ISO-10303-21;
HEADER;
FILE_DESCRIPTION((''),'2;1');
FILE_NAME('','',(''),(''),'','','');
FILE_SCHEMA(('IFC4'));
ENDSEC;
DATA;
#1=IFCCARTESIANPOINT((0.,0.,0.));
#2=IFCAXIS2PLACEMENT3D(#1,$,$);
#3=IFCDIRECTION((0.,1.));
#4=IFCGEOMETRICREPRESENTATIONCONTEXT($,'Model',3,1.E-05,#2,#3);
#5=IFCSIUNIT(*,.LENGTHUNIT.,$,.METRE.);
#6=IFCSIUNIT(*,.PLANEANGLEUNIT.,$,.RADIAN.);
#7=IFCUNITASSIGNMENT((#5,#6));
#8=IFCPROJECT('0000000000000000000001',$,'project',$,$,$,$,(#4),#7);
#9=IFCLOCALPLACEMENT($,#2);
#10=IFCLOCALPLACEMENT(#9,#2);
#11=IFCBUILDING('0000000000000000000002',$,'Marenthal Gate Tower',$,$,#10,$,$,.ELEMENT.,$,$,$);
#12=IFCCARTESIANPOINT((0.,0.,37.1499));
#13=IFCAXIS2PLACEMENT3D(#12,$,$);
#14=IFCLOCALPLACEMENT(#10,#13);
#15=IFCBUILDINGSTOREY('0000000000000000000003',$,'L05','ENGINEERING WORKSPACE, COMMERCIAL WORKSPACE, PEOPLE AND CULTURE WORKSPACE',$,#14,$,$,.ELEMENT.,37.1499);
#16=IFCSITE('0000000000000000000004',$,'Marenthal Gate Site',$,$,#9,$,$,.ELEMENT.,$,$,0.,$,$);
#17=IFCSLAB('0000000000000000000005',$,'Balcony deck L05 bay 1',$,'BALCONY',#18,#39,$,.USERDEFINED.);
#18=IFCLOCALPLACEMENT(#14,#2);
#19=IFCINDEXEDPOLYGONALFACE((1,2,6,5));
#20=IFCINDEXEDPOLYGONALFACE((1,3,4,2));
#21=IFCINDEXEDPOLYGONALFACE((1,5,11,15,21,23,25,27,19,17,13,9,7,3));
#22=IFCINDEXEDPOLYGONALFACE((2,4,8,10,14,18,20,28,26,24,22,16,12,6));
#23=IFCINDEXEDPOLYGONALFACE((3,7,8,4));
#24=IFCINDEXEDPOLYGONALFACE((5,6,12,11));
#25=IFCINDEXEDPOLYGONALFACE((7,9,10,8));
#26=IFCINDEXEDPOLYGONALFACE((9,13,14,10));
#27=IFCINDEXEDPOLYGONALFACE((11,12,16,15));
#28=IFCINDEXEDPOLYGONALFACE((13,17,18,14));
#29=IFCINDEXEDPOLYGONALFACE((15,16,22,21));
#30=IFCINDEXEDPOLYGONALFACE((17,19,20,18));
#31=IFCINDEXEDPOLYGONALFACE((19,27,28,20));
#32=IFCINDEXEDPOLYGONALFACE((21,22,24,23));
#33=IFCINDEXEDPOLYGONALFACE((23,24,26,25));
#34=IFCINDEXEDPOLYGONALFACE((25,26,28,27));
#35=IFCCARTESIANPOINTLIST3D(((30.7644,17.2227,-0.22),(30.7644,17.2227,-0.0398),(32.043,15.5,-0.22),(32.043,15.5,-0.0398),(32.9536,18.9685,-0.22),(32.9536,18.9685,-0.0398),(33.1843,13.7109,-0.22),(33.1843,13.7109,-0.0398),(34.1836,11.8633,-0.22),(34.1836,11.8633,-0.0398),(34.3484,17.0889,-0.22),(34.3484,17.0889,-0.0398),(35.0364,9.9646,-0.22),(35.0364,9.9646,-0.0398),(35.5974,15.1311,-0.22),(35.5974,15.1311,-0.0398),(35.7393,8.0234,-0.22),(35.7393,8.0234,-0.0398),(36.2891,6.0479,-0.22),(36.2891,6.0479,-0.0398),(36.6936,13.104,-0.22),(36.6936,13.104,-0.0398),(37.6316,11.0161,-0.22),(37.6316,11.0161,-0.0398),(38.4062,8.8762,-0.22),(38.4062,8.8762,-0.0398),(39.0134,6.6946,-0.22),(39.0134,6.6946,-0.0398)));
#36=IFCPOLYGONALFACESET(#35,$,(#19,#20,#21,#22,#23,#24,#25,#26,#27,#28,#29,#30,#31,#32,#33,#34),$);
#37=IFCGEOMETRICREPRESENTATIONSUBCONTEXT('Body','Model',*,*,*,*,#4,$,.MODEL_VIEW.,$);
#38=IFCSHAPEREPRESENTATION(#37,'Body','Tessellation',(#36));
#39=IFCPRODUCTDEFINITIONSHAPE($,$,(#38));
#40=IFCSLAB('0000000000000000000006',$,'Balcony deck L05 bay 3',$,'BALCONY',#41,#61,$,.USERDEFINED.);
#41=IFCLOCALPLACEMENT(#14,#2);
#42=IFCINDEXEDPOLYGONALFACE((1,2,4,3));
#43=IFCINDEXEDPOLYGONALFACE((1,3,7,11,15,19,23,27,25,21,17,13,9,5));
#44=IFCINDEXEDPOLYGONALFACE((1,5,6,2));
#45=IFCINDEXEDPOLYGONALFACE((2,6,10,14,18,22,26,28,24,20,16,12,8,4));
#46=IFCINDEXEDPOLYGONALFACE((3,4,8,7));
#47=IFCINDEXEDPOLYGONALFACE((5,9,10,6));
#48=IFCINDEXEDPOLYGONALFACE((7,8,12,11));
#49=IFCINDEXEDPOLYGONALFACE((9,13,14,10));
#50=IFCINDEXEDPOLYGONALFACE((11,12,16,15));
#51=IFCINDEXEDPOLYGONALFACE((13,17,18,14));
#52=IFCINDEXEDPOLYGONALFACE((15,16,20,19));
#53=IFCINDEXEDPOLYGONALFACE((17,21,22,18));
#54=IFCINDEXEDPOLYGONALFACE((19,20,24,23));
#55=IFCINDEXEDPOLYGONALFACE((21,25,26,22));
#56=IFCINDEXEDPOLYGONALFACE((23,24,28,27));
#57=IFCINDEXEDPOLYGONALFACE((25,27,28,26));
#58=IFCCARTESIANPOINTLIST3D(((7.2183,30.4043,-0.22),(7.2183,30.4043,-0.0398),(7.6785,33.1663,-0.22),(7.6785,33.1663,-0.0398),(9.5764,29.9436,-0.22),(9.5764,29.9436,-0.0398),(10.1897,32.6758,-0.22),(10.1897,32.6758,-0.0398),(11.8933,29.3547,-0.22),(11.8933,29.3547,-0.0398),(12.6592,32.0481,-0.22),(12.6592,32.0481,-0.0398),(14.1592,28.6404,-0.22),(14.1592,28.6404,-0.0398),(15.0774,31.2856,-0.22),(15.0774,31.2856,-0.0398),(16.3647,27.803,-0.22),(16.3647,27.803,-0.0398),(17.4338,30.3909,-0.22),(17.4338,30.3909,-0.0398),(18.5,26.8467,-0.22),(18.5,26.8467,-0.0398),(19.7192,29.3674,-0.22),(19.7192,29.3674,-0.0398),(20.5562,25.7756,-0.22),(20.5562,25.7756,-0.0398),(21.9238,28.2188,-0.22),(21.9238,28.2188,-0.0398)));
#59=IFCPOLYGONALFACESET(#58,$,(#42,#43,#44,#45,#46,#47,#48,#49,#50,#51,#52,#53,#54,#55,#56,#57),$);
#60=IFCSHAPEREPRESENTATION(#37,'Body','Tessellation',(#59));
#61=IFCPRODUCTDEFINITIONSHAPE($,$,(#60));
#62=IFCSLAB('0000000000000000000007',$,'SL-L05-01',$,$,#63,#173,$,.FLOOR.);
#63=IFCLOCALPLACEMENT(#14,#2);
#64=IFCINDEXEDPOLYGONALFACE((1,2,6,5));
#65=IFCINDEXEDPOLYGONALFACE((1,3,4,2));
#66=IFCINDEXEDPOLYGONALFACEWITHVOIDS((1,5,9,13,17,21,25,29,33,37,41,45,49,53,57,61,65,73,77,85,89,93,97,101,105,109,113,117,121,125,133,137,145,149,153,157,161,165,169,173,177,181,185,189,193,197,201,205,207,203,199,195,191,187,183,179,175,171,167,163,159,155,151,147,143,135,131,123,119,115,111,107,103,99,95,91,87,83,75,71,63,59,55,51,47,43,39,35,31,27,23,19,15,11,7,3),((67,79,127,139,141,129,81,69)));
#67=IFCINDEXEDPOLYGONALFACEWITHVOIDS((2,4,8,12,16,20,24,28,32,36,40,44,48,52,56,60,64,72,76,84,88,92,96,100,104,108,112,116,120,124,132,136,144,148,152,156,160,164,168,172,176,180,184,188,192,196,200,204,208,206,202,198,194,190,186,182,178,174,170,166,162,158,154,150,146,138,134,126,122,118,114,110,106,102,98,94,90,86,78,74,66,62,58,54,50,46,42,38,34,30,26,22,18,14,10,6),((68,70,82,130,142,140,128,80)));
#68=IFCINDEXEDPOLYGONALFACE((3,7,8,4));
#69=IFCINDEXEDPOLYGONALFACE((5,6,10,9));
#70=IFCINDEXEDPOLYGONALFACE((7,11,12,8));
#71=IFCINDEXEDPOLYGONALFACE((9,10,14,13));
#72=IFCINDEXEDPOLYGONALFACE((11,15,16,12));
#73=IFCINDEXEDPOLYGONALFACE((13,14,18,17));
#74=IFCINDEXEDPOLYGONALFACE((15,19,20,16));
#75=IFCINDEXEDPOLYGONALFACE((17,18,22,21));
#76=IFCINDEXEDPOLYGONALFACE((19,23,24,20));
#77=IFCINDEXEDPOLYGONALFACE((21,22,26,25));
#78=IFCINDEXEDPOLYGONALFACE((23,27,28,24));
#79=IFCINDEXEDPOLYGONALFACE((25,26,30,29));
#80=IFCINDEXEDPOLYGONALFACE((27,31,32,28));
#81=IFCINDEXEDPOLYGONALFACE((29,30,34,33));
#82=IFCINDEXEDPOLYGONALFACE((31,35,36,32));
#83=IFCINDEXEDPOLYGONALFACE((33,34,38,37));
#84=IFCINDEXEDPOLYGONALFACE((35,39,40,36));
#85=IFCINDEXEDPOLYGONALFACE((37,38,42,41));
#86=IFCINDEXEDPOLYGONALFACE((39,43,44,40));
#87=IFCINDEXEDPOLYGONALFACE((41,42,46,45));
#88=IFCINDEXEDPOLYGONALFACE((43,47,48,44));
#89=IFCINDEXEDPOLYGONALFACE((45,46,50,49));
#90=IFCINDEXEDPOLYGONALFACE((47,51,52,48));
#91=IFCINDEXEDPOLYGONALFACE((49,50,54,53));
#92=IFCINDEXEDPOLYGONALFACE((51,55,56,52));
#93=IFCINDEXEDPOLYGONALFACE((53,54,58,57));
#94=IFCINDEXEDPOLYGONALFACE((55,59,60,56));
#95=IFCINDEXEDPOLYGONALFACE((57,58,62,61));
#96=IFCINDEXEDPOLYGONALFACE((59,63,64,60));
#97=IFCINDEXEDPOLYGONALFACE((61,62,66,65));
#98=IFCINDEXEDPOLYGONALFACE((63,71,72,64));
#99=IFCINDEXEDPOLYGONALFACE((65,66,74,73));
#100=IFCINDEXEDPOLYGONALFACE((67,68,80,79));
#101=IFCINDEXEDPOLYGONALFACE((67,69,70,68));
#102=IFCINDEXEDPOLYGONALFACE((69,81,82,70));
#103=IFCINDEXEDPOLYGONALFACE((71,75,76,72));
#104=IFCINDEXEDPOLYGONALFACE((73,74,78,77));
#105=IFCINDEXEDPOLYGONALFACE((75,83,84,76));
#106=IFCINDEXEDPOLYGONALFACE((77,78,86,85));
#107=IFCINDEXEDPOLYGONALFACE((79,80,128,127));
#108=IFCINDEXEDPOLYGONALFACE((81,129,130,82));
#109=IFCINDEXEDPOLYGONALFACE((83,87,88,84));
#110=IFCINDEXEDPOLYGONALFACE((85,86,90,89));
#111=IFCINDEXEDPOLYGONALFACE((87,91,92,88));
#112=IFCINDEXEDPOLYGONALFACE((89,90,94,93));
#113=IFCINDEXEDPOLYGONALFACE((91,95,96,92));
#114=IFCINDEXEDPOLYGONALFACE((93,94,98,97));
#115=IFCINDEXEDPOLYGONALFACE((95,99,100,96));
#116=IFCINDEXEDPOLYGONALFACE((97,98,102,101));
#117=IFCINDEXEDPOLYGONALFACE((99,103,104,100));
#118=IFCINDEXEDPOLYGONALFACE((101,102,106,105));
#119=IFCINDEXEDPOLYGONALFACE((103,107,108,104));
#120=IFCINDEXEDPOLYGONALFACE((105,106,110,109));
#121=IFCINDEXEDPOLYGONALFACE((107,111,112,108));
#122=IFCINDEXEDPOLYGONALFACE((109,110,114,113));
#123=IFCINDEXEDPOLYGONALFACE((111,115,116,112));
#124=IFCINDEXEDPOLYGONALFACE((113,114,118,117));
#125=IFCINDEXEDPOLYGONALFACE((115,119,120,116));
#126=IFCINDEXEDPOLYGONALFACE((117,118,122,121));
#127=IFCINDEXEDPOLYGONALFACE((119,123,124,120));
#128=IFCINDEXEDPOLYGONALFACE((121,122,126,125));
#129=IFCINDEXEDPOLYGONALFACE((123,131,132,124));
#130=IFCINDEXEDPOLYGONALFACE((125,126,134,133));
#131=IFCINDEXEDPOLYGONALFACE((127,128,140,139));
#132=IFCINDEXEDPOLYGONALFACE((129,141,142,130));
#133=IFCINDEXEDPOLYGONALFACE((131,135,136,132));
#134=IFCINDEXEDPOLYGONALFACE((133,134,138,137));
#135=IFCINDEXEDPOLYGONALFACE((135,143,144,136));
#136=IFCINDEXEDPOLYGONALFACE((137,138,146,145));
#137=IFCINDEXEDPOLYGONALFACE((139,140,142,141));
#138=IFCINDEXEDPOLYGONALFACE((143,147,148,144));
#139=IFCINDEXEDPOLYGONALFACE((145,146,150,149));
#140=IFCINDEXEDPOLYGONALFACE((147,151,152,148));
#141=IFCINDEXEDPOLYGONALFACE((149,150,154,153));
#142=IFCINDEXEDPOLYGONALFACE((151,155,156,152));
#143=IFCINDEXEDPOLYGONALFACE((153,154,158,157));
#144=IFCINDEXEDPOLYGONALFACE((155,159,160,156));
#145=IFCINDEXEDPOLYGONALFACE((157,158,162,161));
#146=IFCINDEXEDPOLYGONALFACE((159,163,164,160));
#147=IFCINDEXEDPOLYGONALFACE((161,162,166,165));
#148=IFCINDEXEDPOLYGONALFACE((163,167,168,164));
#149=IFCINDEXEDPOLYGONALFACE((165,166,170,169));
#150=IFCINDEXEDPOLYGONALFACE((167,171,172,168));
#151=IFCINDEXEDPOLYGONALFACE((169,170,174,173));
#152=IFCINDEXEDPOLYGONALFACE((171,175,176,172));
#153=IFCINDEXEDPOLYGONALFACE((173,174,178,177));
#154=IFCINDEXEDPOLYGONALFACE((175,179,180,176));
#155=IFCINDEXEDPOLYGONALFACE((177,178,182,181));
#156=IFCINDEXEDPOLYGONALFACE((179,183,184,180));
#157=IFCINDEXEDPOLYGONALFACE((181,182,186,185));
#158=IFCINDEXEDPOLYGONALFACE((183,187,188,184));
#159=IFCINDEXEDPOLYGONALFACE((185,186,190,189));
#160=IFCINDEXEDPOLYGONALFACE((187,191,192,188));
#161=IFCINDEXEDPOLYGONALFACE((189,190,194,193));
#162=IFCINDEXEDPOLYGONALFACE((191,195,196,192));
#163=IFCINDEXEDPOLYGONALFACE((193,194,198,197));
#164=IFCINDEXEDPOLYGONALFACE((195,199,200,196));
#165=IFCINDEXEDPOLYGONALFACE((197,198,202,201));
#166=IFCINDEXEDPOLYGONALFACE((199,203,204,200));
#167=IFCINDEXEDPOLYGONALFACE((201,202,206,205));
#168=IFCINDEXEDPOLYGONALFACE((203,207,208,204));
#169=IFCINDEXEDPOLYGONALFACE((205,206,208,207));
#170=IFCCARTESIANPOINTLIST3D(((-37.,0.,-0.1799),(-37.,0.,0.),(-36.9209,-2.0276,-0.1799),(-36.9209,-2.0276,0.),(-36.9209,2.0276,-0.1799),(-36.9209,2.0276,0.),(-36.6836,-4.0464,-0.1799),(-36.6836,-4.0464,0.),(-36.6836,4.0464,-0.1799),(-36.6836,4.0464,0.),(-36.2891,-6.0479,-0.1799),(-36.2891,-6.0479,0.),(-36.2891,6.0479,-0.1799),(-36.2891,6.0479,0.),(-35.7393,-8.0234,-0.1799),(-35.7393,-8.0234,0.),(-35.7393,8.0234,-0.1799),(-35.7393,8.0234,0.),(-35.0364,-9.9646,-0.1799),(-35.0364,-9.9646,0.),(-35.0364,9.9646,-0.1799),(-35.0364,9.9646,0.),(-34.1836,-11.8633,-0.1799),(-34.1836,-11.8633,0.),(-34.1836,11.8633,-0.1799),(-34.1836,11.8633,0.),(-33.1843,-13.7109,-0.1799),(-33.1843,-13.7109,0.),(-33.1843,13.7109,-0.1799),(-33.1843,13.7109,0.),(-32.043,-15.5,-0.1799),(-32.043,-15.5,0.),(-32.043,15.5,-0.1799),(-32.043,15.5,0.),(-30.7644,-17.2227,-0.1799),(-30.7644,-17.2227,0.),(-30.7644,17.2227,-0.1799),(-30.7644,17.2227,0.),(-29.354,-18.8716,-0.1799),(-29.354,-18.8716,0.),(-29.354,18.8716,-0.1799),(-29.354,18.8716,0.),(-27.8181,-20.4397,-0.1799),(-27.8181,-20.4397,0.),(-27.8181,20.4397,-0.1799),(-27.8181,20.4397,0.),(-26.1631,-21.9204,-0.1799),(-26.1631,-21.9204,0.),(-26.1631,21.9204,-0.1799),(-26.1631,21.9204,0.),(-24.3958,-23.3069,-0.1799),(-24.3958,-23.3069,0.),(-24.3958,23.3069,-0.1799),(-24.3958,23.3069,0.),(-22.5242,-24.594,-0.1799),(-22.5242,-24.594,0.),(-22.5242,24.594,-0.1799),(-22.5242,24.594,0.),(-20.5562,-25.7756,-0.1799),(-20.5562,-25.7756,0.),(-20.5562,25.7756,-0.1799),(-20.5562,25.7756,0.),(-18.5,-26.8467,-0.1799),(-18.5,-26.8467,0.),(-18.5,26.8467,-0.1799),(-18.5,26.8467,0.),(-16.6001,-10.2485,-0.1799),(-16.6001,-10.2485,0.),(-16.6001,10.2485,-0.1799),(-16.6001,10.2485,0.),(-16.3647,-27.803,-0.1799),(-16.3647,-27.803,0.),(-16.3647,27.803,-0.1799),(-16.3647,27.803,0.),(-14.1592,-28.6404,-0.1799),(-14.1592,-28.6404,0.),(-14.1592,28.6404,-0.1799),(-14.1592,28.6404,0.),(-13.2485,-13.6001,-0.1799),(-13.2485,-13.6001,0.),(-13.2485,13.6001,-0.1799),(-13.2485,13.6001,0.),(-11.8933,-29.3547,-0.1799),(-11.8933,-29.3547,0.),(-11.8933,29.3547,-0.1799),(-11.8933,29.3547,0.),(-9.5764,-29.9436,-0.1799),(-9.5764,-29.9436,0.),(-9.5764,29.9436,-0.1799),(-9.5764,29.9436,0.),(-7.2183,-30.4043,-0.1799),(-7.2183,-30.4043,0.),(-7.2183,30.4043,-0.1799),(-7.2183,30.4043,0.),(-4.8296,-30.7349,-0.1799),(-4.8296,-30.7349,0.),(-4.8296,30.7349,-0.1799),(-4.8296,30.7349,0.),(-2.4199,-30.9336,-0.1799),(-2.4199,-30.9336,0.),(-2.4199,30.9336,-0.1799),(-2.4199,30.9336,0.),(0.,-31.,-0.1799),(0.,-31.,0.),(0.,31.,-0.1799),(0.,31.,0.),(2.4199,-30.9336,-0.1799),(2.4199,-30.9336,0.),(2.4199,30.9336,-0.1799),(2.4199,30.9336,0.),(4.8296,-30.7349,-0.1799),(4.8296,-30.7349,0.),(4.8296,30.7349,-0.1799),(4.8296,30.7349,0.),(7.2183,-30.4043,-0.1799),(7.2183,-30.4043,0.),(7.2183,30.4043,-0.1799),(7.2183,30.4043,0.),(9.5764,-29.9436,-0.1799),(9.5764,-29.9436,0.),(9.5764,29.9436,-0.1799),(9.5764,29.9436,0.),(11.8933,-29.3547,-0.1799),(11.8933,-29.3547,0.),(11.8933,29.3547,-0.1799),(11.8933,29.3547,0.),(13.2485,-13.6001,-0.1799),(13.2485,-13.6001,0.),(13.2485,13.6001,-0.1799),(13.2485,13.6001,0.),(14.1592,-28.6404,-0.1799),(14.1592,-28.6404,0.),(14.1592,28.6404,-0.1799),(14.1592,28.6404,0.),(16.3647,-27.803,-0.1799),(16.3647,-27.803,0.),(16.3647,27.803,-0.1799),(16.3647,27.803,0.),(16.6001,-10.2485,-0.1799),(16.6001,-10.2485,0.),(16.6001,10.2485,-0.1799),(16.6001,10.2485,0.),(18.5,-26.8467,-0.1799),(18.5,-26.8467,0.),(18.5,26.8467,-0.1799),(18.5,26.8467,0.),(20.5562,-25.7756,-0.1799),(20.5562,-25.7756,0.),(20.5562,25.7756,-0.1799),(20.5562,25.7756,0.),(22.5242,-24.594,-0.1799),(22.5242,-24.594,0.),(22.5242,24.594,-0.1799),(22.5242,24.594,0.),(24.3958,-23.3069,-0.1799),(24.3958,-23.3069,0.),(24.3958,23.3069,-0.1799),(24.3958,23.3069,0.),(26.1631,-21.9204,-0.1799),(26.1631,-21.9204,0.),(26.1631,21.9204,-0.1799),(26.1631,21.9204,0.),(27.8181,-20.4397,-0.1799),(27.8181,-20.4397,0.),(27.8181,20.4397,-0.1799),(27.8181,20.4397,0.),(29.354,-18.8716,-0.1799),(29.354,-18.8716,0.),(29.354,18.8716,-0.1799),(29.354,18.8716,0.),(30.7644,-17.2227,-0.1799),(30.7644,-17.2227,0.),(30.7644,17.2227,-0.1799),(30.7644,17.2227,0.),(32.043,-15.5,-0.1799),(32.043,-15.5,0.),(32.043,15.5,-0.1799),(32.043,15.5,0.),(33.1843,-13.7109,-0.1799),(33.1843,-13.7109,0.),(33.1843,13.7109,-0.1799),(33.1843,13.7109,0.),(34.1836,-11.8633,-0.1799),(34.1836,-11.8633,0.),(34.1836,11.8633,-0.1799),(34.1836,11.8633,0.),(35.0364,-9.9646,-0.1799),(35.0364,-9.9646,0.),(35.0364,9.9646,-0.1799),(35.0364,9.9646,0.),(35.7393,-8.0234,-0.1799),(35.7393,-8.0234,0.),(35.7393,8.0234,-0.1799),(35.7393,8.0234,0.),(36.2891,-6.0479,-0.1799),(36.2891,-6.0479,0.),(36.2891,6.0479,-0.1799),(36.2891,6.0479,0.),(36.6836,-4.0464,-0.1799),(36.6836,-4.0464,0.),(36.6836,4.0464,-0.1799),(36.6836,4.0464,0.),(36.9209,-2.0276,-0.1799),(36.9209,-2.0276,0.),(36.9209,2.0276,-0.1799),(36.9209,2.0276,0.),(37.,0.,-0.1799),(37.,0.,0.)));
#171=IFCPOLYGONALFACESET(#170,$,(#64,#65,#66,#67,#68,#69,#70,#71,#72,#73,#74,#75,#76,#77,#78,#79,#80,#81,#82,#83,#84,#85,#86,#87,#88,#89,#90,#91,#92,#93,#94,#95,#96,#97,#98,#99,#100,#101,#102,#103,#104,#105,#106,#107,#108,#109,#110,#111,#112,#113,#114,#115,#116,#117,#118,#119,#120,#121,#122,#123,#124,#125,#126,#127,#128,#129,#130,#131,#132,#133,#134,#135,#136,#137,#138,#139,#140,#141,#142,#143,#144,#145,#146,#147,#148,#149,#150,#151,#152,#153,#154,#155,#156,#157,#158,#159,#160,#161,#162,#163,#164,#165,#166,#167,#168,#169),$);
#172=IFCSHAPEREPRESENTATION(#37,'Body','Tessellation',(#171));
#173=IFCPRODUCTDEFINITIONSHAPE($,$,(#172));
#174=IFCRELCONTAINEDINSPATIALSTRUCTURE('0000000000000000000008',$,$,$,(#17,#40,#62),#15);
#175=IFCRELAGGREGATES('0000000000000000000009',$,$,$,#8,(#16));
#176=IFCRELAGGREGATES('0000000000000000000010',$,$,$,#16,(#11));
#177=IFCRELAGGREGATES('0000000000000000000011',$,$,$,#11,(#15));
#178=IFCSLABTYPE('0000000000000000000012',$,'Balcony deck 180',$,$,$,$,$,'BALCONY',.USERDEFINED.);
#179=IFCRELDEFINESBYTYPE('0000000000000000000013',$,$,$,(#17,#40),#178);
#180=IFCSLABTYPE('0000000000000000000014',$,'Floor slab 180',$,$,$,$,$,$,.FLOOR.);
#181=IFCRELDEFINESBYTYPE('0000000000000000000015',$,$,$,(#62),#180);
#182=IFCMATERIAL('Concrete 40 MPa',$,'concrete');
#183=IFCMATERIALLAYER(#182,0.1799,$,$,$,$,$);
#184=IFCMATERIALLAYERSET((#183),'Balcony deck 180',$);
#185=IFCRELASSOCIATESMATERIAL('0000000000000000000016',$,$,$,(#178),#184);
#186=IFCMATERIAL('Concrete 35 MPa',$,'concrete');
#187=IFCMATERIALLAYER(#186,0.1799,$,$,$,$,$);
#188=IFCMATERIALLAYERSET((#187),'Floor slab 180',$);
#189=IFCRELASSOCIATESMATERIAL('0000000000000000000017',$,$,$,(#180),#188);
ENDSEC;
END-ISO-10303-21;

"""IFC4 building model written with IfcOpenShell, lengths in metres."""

from ifc_helpers import new_model, si_unit, direction, frame, origin, place, context, subcontext, project, spatial, polyline, outline, extrude, material, layer, layer_set, type_object, element, save


model = new_model("IFC4")

# Units and contexts
model_context = context("Model", 3, precision=1e-05, world=origin(), true_north=direction((0.0, 1.0)))
body_context = subcontext(model_context, "Body", "Model", "MODEL_VIEW")
ifc_project = project(units=[si_unit("LENGTHUNIT", "METRE"), si_unit("PLANEANGLEUNIT", "RADIAN")], contexts=[model_context])

# Site, building, storey
site_placement = place(None, origin())
site = spatial("IfcSite", under=ifc_project, at=site_placement, Name="Marenthal Gate Site", CompositionType="ELEMENT", RefElevation=0.0)
building_placement = place(site_placement, origin())
building = spatial("IfcBuilding", under=site, at=building_placement, Name="Marenthal Gate Tower", CompositionType="ELEMENT")
storey_placement = place(building_placement, frame((0.0, 0.0, 37.1499)))
storey = spatial("IfcBuildingStorey", under=building, at=storey_placement, Name="L05", Description="ENGINEERING WORKSPACE, COMMERCIAL WORKSPACE, PEOPLE AND CULTURE WORKSPACE", CompositionType="ELEMENT", Elevation=37.1499)

# Slabs
ifc_material_1 = material(Name="Concrete 40 MPa", Category="concrete")
ifc_layer_1 = layer(ifc_material_1, 0.1799)
ifc_layer_set_1 = layer_set([ifc_layer_1], Name="Balcony deck 180")
slab_type_1 = type_object("IfcSlabType", Name="Balcony deck 180", ElementType="BALCONY", PredefinedType="USERDEFINED", material=ifc_layer_set_1)
slab_1_placement = place(storey_placement, frame((0.0, 0.0, -0.22)))
element("IfcSlab", 1, at=slab_1_placement, inside=storey, type_object=slab_type_1, Name="Balcony deck L05 bay 1", ObjectType="BALCONY", PredefinedType="USERDEFINED", context=body_context, shape_type="SweptSolid", body=[
    extrude(outline(polyline([(36.2891, 6.0479), (35.7393, 8.0234), (35.0364, 9.9646), (34.1836, 11.8633), (33.1843, 13.7109), (32.043, 15.5), (30.7644, 17.2227), (32.9536, 18.9685), (34.3484, 17.0889), (35.5974, 15.1311), (36.6936, 13.104), (37.6316, 11.0161), (38.4062, 8.8762), (39.0134, 6.6946), (36.2891, 6.0479)])), origin(), (0.0, 0.0, 1.0), 0.1802),
])
slab_2_placement = place(storey_placement, frame((0.0, 0.0, -0.22)))
element("IfcSlab", 2, at=slab_2_placement, inside=storey, type_object=slab_type_1, Name="Balcony deck L05 bay 3", ObjectType="BALCONY", PredefinedType="USERDEFINED", context=body_context, shape_type="SweptSolid", body=[
    extrude(outline(polyline([(20.5562, 25.7756), (18.5, 26.8467), (16.3647, 27.803), (14.1592, 28.6404), (11.8933, 29.3547), (9.5764, 29.9436), (7.2183, 30.4043), (7.6785, 33.1663), (10.1897, 32.6758), (12.6592, 32.0481), (15.0774, 31.2856), (17.4338, 30.3909), (19.7192, 29.3674), (21.9238, 28.2188), (20.5562, 25.7756)])), origin(), (0.0, 0.0, 1.0), 0.1802),
])
ifc_material_2 = material(Name="Concrete 35 MPa", Category="concrete")
ifc_layer_2 = layer(ifc_material_2, 0.1799)
ifc_layer_set_2 = layer_set([ifc_layer_2], Name="Floor slab 180")
slab_type_2 = type_object("IfcSlabType", Name="Floor slab 180", PredefinedType="FLOOR", material=ifc_layer_set_2)
slab_3_placement = place(storey_placement, frame((0.0, 0.0, -0.1799)))
element("IfcSlab", 3, at=slab_3_placement, inside=storey, type_object=slab_type_2, Name="SL-L05-01", PredefinedType="FLOOR", context=body_context, shape_type="SweptSolid", body=[
    extrude(outline(polyline([(37.0, 0.0), (36.9209, 2.0276), (36.6836, 4.0464), (36.2891, 6.0479), (35.7393, 8.0234), (35.0364, 9.9646), (34.1836, 11.8633), (33.1843, 13.7109), (32.043, 15.5), (30.7644, 17.2227), (29.354, 18.8716), (27.8181, 20.4397), (26.1631, 21.9204), (24.3958, 23.3069), (22.5242, 24.594), (20.5562, 25.7756), (18.5, 26.8467), (16.3647, 27.803), (14.1592, 28.6404), (11.8933, 29.3547), (9.5764, 29.9436), (7.2183, 30.4043), (4.8296, 30.7349), (2.4199, 30.9336), (0.0, 31.0), (-2.4199, 30.9336), (-4.8296, 30.7349), (-7.2183, 30.4043), (-9.5764, 29.9436), (-11.8933, 29.3547), (-14.1592, 28.6404), (-16.3647, 27.803), (-18.5, 26.8467), (-20.5562, 25.7756), (-22.5242, 24.594), (-24.3958, 23.3069), (-26.1631, 21.9204), (-27.8181, 20.4397), (-29.354, 18.8716), (-30.7644, 17.2227), (-32.043, 15.5), (-33.1843, 13.7109), (-34.1836, 11.8633), (-35.0364, 9.9646), (-35.7393, 8.0234), (-36.2891, 6.0479), (-36.6836, 4.0464), (-36.9209, 2.0276), (-37.0, 0.0), (-36.9209, -2.0276), (-36.6836, -4.0464), (-36.2891, -6.0479), (-35.7393, -8.0234), (-35.0364, -9.9646), (-34.1836, -11.8633), (-33.1843, -13.7109), (-32.043, -15.5), (-30.7644, -17.2227), (-29.354, -18.8716), (-27.8181, -20.4397), (-26.1631, -21.9204), (-24.3958, -23.3069), (-22.5242, -24.594), (-20.5562, -25.7756), (-18.5, -26.8467), (-16.3647, -27.803), (-14.1592, -28.6404), (-11.8933, -29.3547), (-9.5764, -29.9436), (-7.2183, -30.4043), (-4.8296, -30.7349), (-2.4199, -30.9336), (0.0, -31.0), (2.4199, -30.9336), (4.8296, -30.7349), (7.2183, -30.4043), (9.5764, -29.9436), (11.8933, -29.3547), (14.1592, -28.6404), (16.3647, -27.803), (18.5, -26.8467), (20.5562, -25.7756), (22.5242, -24.594), (24.3958, -23.3069), (26.1631, -21.9204), (27.8181, -20.4397), (29.354, -18.8716), (30.7644, -17.2227), (32.043, -15.5), (33.1843, -13.7109), (34.1836, -11.8633), (35.0364, -9.9646), (35.7393, -8.0234), (36.2891, -6.0479), (36.6836, -4.0464), (36.9209, -2.0276), (37.0, 0.0)]), holes=[polyline([(13.2485, -13.6001), (16.6001, -10.2485), (16.6001, 10.2485), (13.2485, 13.6001), (-13.2485, 13.6001), (-16.6001, 10.2485), (-16.6001, -10.2485), (-13.2485, -13.6001), (13.2485, -13.6001)])]), origin(), (0.0, 0.0, 1.0), 0.1799),
])

save(model, "model.ifc")
